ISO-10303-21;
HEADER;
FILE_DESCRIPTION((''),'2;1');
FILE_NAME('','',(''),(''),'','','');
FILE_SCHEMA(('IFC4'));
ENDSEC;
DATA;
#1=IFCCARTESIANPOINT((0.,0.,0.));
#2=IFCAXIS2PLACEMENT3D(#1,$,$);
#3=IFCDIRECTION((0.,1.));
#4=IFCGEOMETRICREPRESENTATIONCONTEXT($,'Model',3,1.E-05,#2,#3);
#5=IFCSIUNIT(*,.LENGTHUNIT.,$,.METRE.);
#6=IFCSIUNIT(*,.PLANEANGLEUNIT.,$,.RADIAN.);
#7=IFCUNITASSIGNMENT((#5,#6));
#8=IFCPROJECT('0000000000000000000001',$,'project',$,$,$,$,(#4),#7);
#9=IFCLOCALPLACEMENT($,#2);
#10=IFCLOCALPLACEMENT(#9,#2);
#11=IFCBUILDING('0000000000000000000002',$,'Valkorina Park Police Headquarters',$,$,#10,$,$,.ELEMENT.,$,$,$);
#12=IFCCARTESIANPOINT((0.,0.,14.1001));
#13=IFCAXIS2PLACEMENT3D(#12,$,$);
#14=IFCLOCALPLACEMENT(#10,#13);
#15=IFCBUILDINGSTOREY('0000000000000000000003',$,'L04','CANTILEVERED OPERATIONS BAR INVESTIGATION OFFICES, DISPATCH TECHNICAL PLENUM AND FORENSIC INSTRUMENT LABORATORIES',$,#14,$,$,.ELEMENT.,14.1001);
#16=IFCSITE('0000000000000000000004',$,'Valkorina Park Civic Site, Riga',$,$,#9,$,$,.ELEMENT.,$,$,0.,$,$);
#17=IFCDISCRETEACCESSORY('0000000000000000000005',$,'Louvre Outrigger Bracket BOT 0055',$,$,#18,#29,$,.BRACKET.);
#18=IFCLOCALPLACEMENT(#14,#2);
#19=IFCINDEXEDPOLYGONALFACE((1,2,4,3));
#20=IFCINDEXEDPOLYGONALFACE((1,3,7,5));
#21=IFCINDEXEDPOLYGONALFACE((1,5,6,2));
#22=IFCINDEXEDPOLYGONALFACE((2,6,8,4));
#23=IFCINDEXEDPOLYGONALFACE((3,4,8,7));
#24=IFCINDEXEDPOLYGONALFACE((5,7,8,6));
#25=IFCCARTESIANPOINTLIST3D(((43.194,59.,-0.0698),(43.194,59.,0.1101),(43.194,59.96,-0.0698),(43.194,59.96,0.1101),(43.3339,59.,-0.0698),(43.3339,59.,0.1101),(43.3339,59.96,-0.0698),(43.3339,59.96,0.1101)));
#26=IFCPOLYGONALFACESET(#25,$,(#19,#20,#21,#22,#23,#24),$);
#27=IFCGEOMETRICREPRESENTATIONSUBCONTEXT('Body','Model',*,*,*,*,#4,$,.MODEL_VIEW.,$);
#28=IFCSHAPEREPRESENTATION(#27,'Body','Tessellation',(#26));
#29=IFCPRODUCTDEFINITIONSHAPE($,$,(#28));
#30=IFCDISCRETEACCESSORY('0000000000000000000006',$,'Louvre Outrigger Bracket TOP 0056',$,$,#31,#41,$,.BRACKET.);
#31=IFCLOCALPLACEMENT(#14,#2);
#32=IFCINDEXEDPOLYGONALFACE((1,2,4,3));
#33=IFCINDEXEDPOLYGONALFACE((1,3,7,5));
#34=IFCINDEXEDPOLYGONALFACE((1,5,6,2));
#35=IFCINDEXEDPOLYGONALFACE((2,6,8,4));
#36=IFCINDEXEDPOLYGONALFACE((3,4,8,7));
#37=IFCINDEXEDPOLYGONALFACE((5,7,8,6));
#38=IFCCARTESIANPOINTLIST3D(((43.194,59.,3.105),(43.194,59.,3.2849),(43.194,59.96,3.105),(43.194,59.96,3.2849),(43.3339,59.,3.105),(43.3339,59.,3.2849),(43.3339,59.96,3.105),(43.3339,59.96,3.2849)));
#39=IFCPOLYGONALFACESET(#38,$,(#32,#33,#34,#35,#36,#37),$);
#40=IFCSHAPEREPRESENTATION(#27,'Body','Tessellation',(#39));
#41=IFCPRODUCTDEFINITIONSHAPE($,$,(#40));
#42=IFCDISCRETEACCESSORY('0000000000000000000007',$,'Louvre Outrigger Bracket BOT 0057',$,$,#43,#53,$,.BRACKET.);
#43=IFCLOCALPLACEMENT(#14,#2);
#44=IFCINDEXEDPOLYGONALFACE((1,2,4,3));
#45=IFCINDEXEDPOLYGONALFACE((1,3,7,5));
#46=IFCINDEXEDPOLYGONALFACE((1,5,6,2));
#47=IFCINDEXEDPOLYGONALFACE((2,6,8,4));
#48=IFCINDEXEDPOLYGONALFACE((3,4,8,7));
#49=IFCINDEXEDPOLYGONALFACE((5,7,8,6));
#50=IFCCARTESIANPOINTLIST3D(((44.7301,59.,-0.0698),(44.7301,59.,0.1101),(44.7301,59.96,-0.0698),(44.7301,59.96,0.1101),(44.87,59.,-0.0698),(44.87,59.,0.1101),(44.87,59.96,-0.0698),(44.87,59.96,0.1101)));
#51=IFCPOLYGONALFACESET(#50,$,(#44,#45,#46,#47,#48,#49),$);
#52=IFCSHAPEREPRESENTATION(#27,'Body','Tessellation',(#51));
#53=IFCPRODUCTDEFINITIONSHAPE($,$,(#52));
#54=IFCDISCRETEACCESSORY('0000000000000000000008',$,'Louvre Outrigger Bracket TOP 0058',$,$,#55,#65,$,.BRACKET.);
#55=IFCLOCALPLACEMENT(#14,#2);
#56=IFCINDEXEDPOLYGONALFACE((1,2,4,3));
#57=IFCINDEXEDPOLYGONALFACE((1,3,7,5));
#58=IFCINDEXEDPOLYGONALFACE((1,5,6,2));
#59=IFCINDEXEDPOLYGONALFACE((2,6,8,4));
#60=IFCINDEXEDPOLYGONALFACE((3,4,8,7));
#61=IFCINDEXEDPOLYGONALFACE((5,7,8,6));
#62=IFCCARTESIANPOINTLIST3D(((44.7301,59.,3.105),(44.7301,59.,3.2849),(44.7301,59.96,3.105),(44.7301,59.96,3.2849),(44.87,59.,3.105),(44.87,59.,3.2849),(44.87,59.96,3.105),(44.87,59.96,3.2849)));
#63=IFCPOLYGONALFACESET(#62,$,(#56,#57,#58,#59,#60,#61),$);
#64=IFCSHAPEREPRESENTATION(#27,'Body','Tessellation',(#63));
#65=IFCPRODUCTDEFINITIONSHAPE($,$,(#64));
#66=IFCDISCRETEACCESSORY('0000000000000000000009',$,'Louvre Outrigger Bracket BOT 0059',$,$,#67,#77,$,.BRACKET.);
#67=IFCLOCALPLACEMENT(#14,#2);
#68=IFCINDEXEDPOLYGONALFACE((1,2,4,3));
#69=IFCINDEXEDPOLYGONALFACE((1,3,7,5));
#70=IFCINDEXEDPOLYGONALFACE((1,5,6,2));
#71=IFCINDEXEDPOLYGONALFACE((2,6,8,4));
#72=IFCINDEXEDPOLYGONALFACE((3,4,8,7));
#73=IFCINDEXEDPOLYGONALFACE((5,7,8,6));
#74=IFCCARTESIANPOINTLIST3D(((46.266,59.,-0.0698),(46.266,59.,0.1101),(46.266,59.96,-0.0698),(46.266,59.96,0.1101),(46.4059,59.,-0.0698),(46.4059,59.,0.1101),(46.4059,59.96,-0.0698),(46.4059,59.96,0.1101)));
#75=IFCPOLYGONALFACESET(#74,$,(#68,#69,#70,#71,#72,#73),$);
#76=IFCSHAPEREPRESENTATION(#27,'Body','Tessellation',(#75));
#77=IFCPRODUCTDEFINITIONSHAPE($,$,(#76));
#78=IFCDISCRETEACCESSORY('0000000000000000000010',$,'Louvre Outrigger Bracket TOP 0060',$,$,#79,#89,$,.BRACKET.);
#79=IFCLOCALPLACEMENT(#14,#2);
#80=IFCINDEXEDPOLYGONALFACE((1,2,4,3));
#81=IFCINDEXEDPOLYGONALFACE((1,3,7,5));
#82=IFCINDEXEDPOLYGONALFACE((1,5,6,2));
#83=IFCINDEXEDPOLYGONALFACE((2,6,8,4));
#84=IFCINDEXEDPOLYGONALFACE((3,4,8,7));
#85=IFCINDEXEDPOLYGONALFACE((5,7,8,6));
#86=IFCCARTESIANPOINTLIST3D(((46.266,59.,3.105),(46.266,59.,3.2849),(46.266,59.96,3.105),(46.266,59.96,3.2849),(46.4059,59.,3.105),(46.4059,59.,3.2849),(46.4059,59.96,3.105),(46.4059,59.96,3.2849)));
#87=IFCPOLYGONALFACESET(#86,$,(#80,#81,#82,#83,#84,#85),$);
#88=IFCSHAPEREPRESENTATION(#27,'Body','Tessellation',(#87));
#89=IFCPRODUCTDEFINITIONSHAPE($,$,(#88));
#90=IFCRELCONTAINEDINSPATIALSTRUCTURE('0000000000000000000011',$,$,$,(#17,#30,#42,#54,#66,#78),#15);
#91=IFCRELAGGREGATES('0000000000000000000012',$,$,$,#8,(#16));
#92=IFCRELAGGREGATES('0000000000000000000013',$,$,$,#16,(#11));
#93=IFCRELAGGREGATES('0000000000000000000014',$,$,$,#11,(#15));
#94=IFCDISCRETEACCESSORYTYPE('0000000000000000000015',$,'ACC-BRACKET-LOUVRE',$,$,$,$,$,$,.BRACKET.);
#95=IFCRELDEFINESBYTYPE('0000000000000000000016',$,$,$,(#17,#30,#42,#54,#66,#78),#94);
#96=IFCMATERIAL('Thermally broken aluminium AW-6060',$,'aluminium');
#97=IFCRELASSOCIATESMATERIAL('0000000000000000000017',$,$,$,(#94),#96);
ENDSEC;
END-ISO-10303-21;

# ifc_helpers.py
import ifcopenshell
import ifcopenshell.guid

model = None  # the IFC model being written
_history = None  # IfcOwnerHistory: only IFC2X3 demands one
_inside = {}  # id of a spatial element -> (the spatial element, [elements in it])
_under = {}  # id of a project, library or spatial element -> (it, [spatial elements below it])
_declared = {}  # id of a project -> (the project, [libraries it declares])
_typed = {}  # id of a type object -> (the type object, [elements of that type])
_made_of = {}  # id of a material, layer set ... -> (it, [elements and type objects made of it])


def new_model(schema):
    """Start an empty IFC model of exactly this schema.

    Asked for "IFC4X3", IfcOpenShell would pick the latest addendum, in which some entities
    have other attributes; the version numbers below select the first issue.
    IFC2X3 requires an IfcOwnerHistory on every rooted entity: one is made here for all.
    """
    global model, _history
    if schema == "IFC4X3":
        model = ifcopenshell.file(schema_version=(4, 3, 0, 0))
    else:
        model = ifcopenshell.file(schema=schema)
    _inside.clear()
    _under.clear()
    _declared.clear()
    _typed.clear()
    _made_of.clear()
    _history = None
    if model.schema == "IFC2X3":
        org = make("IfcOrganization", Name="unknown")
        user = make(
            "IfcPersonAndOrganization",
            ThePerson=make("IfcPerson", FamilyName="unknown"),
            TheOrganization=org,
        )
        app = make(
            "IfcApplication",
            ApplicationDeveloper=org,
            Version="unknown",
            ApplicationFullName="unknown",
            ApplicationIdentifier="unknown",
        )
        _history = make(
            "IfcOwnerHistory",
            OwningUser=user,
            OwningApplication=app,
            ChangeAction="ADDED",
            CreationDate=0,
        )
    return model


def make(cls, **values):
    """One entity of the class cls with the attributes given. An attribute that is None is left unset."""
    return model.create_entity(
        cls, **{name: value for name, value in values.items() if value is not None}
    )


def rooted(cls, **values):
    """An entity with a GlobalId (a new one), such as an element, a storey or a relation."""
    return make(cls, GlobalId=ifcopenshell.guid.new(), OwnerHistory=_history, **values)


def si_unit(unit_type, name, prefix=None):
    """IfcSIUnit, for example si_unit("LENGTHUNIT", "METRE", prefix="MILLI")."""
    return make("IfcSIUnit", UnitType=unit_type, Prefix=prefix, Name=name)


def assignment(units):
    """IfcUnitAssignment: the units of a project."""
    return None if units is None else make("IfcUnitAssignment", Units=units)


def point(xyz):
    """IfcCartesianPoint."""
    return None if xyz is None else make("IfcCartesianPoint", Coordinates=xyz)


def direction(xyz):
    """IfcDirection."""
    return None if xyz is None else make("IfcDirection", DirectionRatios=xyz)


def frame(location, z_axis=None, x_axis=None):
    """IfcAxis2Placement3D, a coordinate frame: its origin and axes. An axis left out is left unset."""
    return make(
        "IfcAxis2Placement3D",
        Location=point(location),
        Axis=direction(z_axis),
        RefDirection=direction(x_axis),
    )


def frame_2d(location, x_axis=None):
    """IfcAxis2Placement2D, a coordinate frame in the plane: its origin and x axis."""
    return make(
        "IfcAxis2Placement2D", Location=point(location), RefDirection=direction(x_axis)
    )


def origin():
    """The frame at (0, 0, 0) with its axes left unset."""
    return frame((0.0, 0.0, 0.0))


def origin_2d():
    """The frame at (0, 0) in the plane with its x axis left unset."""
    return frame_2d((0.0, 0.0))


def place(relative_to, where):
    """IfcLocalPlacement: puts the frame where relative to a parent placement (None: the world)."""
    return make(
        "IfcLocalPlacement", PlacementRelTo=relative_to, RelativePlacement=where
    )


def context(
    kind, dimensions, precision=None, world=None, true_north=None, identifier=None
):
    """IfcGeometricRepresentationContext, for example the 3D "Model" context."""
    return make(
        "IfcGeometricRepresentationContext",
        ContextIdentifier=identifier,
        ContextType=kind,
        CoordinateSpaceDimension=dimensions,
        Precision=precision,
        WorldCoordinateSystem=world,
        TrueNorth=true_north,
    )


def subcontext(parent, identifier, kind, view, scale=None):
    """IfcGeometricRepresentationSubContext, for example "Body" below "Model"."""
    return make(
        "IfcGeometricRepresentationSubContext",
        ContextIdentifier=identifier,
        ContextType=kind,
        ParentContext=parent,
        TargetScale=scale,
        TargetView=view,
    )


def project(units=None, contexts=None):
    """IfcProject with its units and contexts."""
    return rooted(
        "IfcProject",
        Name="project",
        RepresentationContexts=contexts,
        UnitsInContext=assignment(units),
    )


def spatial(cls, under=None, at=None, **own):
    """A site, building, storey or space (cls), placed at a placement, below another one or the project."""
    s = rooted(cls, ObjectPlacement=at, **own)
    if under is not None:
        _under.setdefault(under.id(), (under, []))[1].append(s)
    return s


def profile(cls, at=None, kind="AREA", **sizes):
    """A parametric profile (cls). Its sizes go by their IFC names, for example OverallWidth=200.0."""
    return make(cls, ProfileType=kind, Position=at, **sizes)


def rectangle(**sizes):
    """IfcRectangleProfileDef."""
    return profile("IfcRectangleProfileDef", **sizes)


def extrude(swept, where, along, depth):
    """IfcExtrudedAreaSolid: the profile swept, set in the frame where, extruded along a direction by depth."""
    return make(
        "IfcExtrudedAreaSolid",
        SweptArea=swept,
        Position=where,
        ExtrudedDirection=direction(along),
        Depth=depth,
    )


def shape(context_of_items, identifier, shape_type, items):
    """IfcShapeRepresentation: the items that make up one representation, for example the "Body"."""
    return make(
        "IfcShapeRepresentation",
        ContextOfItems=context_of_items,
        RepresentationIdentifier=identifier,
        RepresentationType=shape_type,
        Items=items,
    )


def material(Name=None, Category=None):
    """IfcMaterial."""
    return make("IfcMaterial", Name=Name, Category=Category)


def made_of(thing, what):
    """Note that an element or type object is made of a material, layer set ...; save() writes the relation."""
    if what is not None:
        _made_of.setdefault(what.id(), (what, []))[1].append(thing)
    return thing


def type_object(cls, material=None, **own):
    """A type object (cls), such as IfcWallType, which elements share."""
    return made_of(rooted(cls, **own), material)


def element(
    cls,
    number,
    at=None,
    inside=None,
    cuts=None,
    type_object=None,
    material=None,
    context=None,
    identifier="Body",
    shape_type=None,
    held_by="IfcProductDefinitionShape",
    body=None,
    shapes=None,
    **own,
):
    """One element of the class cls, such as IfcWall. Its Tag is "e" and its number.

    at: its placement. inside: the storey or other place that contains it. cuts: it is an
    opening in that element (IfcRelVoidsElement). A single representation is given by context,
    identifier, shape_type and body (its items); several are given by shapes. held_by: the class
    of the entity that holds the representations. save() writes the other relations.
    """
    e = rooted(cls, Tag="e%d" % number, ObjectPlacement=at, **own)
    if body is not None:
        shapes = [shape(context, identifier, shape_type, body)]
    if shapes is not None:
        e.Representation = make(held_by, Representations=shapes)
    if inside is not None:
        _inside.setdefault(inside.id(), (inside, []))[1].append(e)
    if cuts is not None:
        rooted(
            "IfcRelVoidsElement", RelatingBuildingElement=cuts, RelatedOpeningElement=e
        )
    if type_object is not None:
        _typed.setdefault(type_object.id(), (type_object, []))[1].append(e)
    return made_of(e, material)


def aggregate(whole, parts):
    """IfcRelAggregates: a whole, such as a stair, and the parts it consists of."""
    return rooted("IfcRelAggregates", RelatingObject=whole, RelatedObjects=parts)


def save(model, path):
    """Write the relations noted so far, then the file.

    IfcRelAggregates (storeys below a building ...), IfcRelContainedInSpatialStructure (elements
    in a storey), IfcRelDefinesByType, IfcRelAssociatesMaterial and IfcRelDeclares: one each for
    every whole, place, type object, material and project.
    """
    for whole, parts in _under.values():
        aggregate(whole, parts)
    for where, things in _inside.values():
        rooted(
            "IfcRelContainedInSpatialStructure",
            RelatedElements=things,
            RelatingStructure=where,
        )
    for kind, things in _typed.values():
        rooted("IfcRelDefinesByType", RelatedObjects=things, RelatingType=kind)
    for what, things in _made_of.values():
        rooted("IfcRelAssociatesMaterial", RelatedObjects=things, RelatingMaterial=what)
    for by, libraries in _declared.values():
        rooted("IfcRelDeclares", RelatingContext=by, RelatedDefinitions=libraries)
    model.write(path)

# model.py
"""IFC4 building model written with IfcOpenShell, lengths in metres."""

from ifc_helpers import new_model, si_unit, direction, frame, origin, origin_2d, place, context, subcontext, project, spatial, rectangle, extrude, material, type_object, element, save


model = new_model("IFC4")

# Units and contexts
model_context = context("Model", 3, precision=1e-05, world=origin(), true_north=direction((0.0, 1.0)))
body_context = subcontext(model_context, "Body", "Model", "MODEL_VIEW")
ifc_project = project(units=[si_unit("LENGTHUNIT", "METRE"), si_unit("PLANEANGLEUNIT", "RADIAN")], contexts=[model_context])

# Site, building, storey
site_placement = place(None, origin())
site = spatial("IfcSite", under=ifc_project, at=site_placement, Name="Valkorina Park Civic Site, Riga", CompositionType="ELEMENT", RefElevation=0.0)
building_placement = place(site_placement, origin())
building = spatial("IfcBuilding", under=site, at=building_placement, Name="Valkorina Park Police Headquarters", CompositionType="ELEMENT")
storey_placement = place(building_placement, frame((0.0, 0.0, 14.1001)))
storey = spatial("IfcBuildingStorey", under=building, at=storey_placement, Name="L04", Description="CANTILEVERED OPERATIONS BAR INVESTIGATION OFFICES, DISPATCH TECHNICAL PLENUM AND FORENSIC INSTRUMENT LABORATORIES", CompositionType="ELEMENT", Elevation=14.1001)

# Shared definitions
ifc_material_1 = material(Name="Thermally broken aluminium AW-6060", Category="aluminium")

# Discrete accessories
discrete_accessory_type = type_object("IfcDiscreteAccessoryType", Name="ACC-BRACKET-LOUVRE", PredefinedType="BRACKET", material=ifc_material_1)
for number, where, z_axis, x_axis, name in (
    (1, (43.2639, 59.48, -0.0698), (0.0, 0.0, 1.0), (0.0, 1.0, 0.0), "Louvre Outrigger Bracket BOT 0055"),
    (2, (43.2639, 59.48, 3.105), (0.0, 0.0, 1.0), (0.0, 1.0, 0.0), "Louvre Outrigger Bracket TOP 0056"),
    (3, (44.8, 59.48, -0.0698), (0.0, 0.0, 1.0), (0.0, 1.0, 0.0), "Louvre Outrigger Bracket BOT 0057"),
    (4, (44.8, 59.48, 3.105), (0.0, 0.0, 1.0), (0.0, 1.0, 0.0), "Louvre Outrigger Bracket TOP 0058"),
    (5, (46.3359, 59.48, -0.0698), (0.0, 0.0, 1.0), (0.0, 1.0, 0.0), "Louvre Outrigger Bracket BOT 0059"),
    (6, (46.3359, 59.48, 3.105), (0.0, 0.0, 1.0), (0.0, 1.0, 0.0), "Louvre Outrigger Bracket TOP 0060"),
):
    element("IfcDiscreteAccessory", number, at=place(storey_placement, frame(where, z_axis=z_axis, x_axis=x_axis)), inside=storey, type_object=discrete_accessory_type, Name=name, PredefinedType="BRACKET", context=body_context, shape_type="SweptSolid", body=[
        extrude(rectangle(XDim=0.96, YDim=0.1399, at=origin_2d()), origin(), (0.0, 0.0, 1.0), 0.1799),
    ])

save(model, "model.ifc")
